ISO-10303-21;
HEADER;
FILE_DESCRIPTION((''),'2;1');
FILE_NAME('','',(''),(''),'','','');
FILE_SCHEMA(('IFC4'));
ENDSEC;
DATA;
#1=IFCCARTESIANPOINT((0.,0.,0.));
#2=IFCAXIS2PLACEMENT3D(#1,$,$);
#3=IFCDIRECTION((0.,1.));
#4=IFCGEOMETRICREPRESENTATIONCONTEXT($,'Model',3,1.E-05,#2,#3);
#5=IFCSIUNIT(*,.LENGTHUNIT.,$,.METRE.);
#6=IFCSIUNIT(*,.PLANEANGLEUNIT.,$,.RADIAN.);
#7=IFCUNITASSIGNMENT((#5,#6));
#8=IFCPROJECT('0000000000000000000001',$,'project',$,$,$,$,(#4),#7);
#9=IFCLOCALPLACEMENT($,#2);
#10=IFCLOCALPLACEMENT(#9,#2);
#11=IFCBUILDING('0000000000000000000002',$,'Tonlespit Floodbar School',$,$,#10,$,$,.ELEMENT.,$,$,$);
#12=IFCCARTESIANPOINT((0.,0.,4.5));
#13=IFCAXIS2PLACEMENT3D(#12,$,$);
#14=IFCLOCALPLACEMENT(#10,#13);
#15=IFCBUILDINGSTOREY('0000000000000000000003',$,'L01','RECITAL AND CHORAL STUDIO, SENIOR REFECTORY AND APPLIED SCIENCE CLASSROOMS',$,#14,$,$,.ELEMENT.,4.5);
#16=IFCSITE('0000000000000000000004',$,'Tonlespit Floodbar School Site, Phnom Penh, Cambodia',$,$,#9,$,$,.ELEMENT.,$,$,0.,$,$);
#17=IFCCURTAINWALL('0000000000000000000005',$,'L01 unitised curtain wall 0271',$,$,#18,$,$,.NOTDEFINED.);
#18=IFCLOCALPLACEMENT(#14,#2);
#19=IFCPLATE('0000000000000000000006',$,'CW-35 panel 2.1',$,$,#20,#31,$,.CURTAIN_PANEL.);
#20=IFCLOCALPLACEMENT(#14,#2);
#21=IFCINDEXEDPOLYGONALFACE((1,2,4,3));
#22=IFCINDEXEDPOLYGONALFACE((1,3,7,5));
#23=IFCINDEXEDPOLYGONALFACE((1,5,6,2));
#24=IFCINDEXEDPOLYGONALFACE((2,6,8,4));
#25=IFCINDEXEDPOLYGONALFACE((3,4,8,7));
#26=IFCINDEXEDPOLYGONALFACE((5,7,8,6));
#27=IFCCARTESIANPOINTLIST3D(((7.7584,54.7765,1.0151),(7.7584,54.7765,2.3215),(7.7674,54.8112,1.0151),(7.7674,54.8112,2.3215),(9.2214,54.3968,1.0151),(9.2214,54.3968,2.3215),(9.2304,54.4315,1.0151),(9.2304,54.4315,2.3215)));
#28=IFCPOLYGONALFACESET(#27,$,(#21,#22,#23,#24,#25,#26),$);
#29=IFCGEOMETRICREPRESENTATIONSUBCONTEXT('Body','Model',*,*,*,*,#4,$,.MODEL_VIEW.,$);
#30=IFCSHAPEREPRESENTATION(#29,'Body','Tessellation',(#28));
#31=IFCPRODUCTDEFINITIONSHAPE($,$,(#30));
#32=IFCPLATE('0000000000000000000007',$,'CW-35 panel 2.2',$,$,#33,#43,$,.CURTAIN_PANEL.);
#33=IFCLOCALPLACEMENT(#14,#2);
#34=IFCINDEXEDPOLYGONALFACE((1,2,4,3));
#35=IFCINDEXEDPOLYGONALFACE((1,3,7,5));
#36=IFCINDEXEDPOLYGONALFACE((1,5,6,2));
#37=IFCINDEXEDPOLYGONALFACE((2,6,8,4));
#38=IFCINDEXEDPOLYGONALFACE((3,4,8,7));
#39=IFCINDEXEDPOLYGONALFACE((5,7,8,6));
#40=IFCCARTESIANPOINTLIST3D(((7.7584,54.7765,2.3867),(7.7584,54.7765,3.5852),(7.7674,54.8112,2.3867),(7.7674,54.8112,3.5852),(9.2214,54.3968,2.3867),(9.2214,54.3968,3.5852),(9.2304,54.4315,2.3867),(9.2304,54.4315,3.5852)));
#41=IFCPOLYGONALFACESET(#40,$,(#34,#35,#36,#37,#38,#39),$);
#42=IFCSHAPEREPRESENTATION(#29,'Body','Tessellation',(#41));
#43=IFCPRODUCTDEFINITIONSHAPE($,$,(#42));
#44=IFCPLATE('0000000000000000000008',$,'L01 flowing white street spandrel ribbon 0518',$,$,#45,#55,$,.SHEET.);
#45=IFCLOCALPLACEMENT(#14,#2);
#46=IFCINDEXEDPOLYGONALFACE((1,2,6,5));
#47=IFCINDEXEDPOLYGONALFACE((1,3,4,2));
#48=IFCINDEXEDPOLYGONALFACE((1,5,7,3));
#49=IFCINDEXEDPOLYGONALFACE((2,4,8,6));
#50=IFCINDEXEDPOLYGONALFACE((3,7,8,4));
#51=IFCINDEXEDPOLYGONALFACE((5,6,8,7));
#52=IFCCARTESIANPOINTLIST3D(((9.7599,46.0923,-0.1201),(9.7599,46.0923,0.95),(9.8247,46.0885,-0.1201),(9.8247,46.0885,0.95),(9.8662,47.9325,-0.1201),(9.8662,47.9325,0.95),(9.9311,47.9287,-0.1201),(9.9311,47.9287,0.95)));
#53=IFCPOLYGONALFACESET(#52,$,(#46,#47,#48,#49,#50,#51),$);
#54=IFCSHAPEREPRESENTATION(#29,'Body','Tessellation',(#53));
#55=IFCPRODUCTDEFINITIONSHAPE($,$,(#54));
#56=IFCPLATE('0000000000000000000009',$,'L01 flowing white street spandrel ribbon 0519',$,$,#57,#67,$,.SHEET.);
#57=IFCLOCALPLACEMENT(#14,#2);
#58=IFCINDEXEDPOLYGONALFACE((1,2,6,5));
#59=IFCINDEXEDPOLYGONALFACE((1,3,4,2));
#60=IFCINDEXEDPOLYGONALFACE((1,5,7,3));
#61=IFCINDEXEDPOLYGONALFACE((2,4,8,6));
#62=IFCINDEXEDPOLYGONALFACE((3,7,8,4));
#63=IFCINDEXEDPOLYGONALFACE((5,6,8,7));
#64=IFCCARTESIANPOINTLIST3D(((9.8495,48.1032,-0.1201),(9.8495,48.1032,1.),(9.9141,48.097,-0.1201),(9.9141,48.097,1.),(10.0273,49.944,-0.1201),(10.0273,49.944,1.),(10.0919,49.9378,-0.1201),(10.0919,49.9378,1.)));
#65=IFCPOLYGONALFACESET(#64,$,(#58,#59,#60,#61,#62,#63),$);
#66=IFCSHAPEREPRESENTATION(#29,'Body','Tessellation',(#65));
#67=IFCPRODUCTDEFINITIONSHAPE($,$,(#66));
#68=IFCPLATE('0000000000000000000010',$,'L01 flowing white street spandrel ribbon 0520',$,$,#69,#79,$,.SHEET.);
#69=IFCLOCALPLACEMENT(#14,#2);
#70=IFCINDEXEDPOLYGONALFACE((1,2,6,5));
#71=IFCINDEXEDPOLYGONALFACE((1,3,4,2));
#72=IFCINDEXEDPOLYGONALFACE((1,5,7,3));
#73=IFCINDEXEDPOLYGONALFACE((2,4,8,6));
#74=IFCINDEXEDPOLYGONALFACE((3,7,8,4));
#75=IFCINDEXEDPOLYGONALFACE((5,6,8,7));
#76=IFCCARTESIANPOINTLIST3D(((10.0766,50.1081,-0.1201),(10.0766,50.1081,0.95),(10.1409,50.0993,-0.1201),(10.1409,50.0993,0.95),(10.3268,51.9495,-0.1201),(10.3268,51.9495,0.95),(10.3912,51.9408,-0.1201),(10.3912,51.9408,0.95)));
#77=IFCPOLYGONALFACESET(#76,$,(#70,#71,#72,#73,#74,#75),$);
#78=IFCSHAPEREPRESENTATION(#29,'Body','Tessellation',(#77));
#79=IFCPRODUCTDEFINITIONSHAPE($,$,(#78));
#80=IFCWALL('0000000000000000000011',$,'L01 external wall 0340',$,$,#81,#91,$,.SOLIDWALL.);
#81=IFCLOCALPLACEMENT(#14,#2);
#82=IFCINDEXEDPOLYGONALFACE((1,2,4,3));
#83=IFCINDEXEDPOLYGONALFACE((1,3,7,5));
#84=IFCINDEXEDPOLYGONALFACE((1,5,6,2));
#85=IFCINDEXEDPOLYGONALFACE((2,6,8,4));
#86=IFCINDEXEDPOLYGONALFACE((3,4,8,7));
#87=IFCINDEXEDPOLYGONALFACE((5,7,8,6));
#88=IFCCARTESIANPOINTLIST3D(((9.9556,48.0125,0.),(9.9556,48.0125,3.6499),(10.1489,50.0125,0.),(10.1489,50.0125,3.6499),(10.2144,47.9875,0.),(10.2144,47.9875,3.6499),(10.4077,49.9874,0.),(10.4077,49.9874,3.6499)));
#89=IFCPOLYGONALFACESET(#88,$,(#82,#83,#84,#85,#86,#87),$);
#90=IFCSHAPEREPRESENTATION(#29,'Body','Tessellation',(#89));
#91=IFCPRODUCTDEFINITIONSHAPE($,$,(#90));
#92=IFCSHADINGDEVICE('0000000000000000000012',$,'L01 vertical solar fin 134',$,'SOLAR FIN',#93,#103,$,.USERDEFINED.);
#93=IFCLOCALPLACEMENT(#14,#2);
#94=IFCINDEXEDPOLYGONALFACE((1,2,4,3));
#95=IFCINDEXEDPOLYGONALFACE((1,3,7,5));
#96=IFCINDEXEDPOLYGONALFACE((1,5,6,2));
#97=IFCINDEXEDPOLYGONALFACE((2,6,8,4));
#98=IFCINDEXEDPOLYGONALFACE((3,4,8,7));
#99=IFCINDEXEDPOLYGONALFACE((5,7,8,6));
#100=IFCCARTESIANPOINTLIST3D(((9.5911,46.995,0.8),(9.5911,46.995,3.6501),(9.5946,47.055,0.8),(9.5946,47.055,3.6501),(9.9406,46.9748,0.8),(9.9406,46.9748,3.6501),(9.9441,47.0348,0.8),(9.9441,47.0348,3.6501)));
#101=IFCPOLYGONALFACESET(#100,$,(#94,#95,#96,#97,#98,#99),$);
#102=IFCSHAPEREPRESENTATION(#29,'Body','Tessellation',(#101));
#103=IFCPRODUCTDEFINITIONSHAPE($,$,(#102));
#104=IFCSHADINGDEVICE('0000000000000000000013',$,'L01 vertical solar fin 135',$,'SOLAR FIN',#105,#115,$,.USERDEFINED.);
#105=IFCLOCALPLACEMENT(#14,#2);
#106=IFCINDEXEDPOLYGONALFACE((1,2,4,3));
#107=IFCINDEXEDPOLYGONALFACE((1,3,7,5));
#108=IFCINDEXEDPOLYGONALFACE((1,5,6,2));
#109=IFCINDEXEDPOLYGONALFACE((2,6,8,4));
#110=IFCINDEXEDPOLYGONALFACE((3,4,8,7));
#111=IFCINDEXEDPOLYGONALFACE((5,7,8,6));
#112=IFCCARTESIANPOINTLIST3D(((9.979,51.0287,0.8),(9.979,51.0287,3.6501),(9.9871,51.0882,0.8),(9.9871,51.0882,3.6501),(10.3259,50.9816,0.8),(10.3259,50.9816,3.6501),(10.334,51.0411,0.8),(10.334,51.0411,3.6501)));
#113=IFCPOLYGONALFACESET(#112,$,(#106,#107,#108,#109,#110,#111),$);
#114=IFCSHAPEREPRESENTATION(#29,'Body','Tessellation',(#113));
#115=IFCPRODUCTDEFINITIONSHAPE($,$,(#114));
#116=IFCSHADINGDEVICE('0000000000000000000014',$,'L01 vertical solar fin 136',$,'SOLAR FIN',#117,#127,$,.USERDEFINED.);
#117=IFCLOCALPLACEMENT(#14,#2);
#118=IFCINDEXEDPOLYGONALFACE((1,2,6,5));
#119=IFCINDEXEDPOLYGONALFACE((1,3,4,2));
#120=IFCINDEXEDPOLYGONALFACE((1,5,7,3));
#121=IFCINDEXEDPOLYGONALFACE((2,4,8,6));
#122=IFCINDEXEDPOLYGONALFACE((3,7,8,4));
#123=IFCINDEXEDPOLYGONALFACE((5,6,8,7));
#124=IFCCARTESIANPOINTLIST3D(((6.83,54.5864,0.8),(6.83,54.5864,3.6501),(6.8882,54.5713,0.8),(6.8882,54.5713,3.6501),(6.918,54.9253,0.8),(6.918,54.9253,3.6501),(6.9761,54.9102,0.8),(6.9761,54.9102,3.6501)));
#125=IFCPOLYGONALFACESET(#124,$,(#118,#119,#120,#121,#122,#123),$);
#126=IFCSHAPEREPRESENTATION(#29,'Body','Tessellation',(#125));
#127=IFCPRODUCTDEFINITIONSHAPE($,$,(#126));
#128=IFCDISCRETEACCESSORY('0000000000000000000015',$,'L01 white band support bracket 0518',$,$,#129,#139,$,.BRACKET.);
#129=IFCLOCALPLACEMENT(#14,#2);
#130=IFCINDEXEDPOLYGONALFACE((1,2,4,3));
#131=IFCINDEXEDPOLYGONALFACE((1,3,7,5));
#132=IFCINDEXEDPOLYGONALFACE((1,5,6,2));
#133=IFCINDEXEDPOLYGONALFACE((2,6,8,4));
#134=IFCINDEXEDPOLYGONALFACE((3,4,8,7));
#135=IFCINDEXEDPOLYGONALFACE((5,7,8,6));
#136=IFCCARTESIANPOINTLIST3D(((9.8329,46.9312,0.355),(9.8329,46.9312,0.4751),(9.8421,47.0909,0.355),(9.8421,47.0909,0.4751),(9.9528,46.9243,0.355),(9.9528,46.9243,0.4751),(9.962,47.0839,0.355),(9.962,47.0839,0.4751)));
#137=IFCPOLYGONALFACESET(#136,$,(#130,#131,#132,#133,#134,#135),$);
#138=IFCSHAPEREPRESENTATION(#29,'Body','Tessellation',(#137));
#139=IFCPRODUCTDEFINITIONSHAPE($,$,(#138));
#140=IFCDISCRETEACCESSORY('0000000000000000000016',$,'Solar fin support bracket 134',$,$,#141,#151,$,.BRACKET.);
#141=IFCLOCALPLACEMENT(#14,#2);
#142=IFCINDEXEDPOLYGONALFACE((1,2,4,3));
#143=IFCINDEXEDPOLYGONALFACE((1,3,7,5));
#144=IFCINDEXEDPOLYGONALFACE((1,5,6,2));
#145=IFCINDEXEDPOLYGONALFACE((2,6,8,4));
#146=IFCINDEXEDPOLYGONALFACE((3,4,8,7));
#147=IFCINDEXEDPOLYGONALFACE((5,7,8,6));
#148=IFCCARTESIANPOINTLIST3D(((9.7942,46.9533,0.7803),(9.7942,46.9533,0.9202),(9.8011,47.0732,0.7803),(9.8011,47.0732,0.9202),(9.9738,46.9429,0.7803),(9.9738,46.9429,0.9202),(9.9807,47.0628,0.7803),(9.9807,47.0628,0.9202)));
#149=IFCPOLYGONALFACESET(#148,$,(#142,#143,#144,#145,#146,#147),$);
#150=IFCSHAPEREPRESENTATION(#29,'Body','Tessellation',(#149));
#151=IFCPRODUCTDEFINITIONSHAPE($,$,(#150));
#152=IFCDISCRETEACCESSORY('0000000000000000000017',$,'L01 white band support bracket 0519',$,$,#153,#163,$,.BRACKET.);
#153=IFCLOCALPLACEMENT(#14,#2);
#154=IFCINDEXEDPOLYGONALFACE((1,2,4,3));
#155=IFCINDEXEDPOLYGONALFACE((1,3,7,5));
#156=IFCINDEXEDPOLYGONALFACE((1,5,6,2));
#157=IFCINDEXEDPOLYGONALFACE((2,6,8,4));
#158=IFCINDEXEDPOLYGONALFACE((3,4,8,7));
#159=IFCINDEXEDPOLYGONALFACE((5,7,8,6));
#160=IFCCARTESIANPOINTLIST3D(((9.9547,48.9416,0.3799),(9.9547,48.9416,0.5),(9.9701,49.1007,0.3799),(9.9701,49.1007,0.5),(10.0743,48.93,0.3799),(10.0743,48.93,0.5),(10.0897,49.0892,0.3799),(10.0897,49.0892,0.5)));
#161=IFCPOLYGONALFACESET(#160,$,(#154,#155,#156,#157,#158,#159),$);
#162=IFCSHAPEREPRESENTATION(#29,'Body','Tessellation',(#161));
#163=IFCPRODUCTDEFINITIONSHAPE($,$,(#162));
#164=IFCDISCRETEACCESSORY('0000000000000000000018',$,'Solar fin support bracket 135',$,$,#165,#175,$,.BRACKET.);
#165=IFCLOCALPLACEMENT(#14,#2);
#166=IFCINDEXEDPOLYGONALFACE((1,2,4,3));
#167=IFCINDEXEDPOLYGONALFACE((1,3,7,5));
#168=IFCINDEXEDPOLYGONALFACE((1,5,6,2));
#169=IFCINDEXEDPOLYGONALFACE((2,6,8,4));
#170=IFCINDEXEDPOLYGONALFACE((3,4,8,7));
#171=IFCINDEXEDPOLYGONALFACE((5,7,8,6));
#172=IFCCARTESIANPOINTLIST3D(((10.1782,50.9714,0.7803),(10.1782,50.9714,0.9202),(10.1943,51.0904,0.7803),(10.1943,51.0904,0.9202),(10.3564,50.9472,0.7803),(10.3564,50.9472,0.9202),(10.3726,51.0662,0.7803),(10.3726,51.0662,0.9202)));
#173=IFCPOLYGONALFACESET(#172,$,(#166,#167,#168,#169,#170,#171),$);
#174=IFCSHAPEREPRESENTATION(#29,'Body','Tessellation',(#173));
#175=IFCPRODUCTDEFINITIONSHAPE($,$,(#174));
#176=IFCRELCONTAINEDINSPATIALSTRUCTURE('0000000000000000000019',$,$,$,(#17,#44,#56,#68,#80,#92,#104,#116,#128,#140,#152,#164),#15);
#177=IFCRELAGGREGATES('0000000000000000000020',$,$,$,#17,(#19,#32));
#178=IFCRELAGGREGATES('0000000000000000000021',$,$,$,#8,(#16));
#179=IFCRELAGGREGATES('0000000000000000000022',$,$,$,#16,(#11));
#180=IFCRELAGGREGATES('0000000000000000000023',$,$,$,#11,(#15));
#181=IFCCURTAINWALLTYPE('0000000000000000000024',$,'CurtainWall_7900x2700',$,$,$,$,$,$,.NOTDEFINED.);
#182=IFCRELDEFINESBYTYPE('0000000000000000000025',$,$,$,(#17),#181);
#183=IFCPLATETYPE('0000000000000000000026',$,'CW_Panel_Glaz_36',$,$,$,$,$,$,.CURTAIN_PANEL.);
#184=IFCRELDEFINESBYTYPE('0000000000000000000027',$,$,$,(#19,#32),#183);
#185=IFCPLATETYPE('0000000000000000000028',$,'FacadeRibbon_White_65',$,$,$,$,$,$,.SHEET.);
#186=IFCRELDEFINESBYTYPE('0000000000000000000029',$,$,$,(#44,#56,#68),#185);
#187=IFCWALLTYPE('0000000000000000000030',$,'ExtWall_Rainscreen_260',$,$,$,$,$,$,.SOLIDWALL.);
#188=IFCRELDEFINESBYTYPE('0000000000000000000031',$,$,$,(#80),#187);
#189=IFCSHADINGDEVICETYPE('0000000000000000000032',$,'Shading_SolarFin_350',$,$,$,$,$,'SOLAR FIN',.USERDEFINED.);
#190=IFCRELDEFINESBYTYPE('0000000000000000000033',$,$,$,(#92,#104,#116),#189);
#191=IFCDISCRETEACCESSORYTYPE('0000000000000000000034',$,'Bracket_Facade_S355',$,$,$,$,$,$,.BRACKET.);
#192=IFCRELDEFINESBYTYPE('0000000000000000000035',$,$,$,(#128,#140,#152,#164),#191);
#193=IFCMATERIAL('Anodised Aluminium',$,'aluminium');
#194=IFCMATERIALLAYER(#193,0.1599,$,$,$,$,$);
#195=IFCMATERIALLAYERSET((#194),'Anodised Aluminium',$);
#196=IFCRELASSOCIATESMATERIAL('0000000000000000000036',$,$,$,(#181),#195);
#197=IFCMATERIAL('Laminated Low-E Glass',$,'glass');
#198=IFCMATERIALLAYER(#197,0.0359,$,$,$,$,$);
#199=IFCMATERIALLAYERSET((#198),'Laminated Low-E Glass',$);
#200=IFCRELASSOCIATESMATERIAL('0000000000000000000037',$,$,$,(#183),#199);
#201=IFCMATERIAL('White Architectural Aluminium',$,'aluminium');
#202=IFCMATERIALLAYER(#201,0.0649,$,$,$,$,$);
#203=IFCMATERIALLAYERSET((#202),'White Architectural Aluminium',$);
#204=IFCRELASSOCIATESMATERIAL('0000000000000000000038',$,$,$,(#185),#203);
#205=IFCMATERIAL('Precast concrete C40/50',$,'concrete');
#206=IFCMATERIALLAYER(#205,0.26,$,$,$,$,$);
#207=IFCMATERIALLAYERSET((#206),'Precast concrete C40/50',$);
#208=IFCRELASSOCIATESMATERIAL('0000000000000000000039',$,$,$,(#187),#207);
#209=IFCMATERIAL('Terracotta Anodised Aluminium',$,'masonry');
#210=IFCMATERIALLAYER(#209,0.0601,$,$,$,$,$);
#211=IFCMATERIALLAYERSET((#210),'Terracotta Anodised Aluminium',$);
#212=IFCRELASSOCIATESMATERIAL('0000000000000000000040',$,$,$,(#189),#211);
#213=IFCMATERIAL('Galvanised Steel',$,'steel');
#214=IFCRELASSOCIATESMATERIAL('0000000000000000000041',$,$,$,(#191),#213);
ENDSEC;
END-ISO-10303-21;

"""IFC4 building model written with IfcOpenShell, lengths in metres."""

from ifc_helpers import new_model, si_unit, direction, frame, frame_2d, origin, origin_2d, place, context, subcontext, project, spatial, rectangle, extrude, material, layer, layer_set, type_object, element, aggregate, save


model = new_model("IFC4")

# Units and contexts
model_context = context("Model", 3, precision=1e-05, world=origin(), true_north=direction((0.0, 1.0)))
body_context = subcontext(model_context, "Body", "Model", "MODEL_VIEW")
ifc_project = project(units=[si_unit("LENGTHUNIT", "METRE"), si_unit("PLANEANGLEUNIT", "RADIAN")], contexts=[model_context])

# Site, building, storey
site_placement = place(None, origin())
site = spatial("IfcSite", under=ifc_project, at=site_placement, Name="Tonlespit Floodbar School Site, Phnom Penh, Cambodia", CompositionType="ELEMENT", RefElevation=0.0)
building_placement = place(site_placement, origin())
building = spatial("IfcBuilding", under=site, at=building_placement, Name="Tonlespit Floodbar School", CompositionType="ELEMENT")
storey_placement = place(building_placement, frame((0.0, 0.0, 4.5)))
storey = spatial("IfcBuildingStorey", under=building, at=storey_placement, Name="L01", Description="RECITAL AND CHORAL STUDIO, SENIOR REFECTORY AND APPLIED SCIENCE CLASSROOMS", CompositionType="ELEMENT", Elevation=4.5)

# Shared definitions
ifc_material_1 = material(Name="Anodised Aluminium", Category="aluminium")

# Curtain wall
ifc_layer_1 = layer(ifc_material_1, 0.1599)
ifc_layer_set_1 = layer_set([ifc_layer_1], Name="Anodised Aluminium")
curtain_wall_type_1 = type_object("IfcCurtainWallType", Name="CurtainWall_7900x2700", PredefinedType="NOTDEFINED", material=ifc_layer_set_1)
curtain_wall_1_placement = place(storey_placement, origin())
curtain_wall_1 = element("IfcCurtainWall", 1, at=curtain_wall_1_placement, inside=storey, type_object=curtain_wall_type_1, Name="L01 unitised curtain wall 0271", PredefinedType="NOTDEFINED")

# Plates
ifc_material_2 = material(Name="Laminated Low-E Glass", Category="glass")
ifc_layer_2 = layer(ifc_material_2, 0.0359)
ifc_layer_set_2 = layer_set([ifc_layer_2], Name="Laminated Low-E Glass")
plate_type_1 = type_object("IfcPlateType", Name="CW_Panel_Glaz_36", PredefinedType="CURTAIN_PANEL", material=ifc_layer_set_2)
plate_1_placement = place(storey_placement, frame((8.4944, 54.604, 1.0151), z_axis=(0.0, 0.0, 1.0), x_axis=(-0.967935, 0.251201, 0.0)))
plate_1 = element("IfcPlate", 2, at=plate_1_placement, type_object=plate_type_1, Name="CW-35 panel 2.1", PredefinedType="CURTAIN_PANEL", context=body_context, shape_type="SweptSolid", body=[
    extrude(rectangle(XDim=1.5115, YDim=0.0359, at=origin_2d()), origin(), (0.0, 0.0, 1.0), 1.3064),
])
plate_2_placement = place(storey_placement, frame((8.4944, 54.604, 2.3867), z_axis=(0.0, 0.0, 1.0), x_axis=(-0.967935, 0.251201, 0.0)))
plate_2 = element("IfcPlate", 3, at=plate_2_placement, type_object=plate_type_1, Name="CW-35 panel 2.2", PredefinedType="CURTAIN_PANEL", context=body_context, shape_type="SweptSolid", body=[
    extrude(rectangle(XDim=1.5115, YDim=0.0359, at=origin_2d()), origin(), (0.0, 0.0, 1.0), 1.1985),
])
aggregate(curtain_wall_1, [plate_1, plate_2])

# Plates
ifc_material_3 = material(Name="White Architectural Aluminium", Category="aluminium")
ifc_layer_3 = layer(ifc_material_3, 0.0649)
ifc_layer_set_3 = layer_set([ifc_layer_3], Name="White Architectural Aluminium")
plate_type_2 = type_object("IfcPlateType", Name="FacadeRibbon_White_65", PredefinedType="SHEET", material=ifc_layer_set_3)
plate_3_placement = place(storey_placement, frame((9.8455, 47.0105, -0.1201), z_axis=(0.0, 0.0, 1.0), x_axis=(0.057703, 0.998334, 0.0)))
element("IfcPlate", 4, at=plate_3_placement, inside=storey, type_object=plate_type_2, Name="L01 flowing white street spandrel ribbon 0518", PredefinedType="SHEET", context=body_context, shape_type="SweptSolid", body=[
    extrude(rectangle(XDim=1.8433, YDim=0.0649, at=origin_2d()), origin(), (0.0, 0.0, 1.0), 1.0701),
])
plate_4_placement = place(storey_placement, frame((9.9707, 49.0205, -0.1201), z_axis=(0.0, 0.0, 1.0), x_axis=(0.096153, 0.995367, 0.0)))
element("IfcPlate", 5, at=plate_4_placement, inside=storey, type_object=plate_type_2, Name="L01 flowing white street spandrel ribbon 0519", PredefinedType="SHEET", context=body_context, shape_type="SweptSolid", body=[
    extrude(rectangle(XDim=1.8494, YDim=0.0649, at=origin_2d()), origin(), (0.0, 0.0, 1.0), 1.1201),
])
plate_5_placement = place(storey_placement, frame((10.2339, 51.0244, -0.1201), z_axis=(0.0, 0.0, 1.0), x_axis=(0.134662, 0.990892, 0.0)))
element("IfcPlate", 6, at=plate_5_placement, inside=storey, type_object=plate_type_2, Name="L01 flowing white street spandrel ribbon 0520", PredefinedType="SHEET", context=body_context, shape_type="SweptSolid", body=[
    extrude(rectangle(XDim=1.8584, YDim=0.0649, at=origin_2d()), origin(), (0.0, 0.0, 1.0), 1.0701),
])

# Wall
ifc_material_4 = material(Name="Precast concrete C40/50", Category="concrete")
ifc_layer_4 = layer(ifc_material_4, 0.26)
ifc_layer_set_4 = layer_set([ifc_layer_4], Name="Precast concrete C40/50")
wall_type = type_object("IfcWallType", Name="ExtWall_Rainscreen_260", PredefinedType="SOLIDWALL", material=ifc_layer_set_4)
wall_placement = place(storey_placement, frame((10.085, 48.0, 0.0), z_axis=(0.0, 0.0, 1.0), x_axis=(0.096231, 0.995359, 0.0)))
element("IfcWall", 7, at=wall_placement, inside=storey, type_object=wall_type, Name="L01 external wall 0340", PredefinedType="SOLIDWALL", context=body_context, shape_type="SweptSolid", body=[
    extrude(rectangle(XDim=2.0093, YDim=0.26, at=frame_2d((1.0046, 0.0))), origin(), (0.0, 0.0, 1.0), 3.6499),
])

# Shading devices
ifc_material_5 = material(Name="Terracotta Anodised Aluminium", Category="masonry")
ifc_layer_5 = layer(ifc_material_5, 0.0601)
ifc_layer_set_5 = layer_set([ifc_layer_5], Name="Terracotta Anodised Aluminium")
shading_device_type = type_object("IfcShadingDeviceType", Name="Shading_SolarFin_350", ElementType="SOLAR FIN", PredefinedType="USERDEFINED", material=ifc_layer_set_5)
for number, where, z_axis, x_axis, name in (
    (8, (9.7676, 47.0149, 0.8), (0.0, 0.0, 1.0), (0.057703, 0.998334, 0.0), "L01 vertical solar fin 134"),
    (9, (10.1565, 51.0349, 0.8), (0.0, 0.0, 1.0), (0.134662, 0.990892, 0.0), "L01 vertical solar fin 135"),
    (10, (6.9031, 54.7483, 0.8), (0.0, 0.0, 1.0), (-0.967938, 0.251191, 0.0), "L01 vertical solar fin 136"),
):
    element("IfcShadingDevice", number, at=place(storey_placement, frame(where, z_axis=z_axis, x_axis=x_axis)), inside=storey, type_object=shading_device_type, Name=name, ObjectType="SOLAR FIN", PredefinedType="USERDEFINED", context=body_context, shape_type="SweptSolid", body=[
        extrude(rectangle(XDim=0.0601, YDim=0.3501, at=origin_2d()), origin(), (0.0, 0.0, 1.0), 2.8501),
    ])

# Discrete accessories
ifc_material_6 = material(Name="Galvanised Steel", Category="steel")
discrete_accessory_type = type_object("IfcDiscreteAccessoryType", Name="Bracket_Facade_S355", PredefinedType="BRACKET", material=ifc_material_6)
discrete_accessory_1_placement = place(storey_placement, frame((9.8975, 47.0076, 0.355), z_axis=(0.0, 0.0, 1.0), x_axis=(0.057703, 0.998334, 0.0)))
element("IfcDiscreteAccessory", 11, at=discrete_accessory_1_placement, inside=storey, type_object=discrete_accessory_type, Name="L01 white band support bracket 0518", PredefinedType="BRACKET", context=body_context, shape_type="SweptSolid", body=[
    extrude(rectangle(XDim=0.1599, YDim=0.1201, at=origin_2d()), origin(), (0.0, 0.0, 1.0), 0.1201),
])
discrete_accessory_2_placement = place(storey_placement, frame((9.8875, 47.0081, 0.7803), z_axis=(0.0, 0.0, 1.0), x_axis=(0.057703, 0.998334, 0.0)))
element("IfcDiscreteAccessory", 12, at=discrete_accessory_2_placement, inside=storey, type_object=discrete_accessory_type, Name="Solar fin support bracket 134", PredefinedType="BRACKET", context=body_context, shape_type="SweptSolid", body=[
    extrude(rectangle(XDim=0.1201, YDim=0.1799, at=origin_2d()), origin(), (0.0, 0.0, 1.0), 0.1399),
])
discrete_accessory_3_placement = place(storey_placement, frame((10.0222, 49.0154, 0.3799), z_axis=(0.0, 0.0, 1.0), x_axis=(0.096153, 0.995367, 0.0)))
element("IfcDiscreteAccessory", 13, at=discrete_accessory_3_placement, inside=storey, type_object=discrete_accessory_type, Name="L01 white band support bracket 0519", PredefinedType="BRACKET", context=body_context, shape_type="SweptSolid", body=[
    extrude(rectangle(XDim=0.1599, YDim=0.1201, at=origin_2d()), origin(), (0.0, 0.0, 1.0), 0.1201),
])
discrete_accessory_4_placement = place(storey_placement, frame((10.2754, 51.0188, 0.7803), z_axis=(0.0, 0.0, 1.0), x_axis=(0.134662, 0.990892, 0.0)))
element("IfcDiscreteAccessory", 14, at=discrete_accessory_4_placement, inside=storey, type_object=discrete_accessory_type, Name="Solar fin support bracket 135", PredefinedType="BRACKET", context=body_context, shape_type="SweptSolid", body=[
    extrude(rectangle(XDim=0.1201, YDim=0.1799, at=origin_2d()), origin(), (0.0, 0.0, 1.0), 0.1399),
])

save(model, "model.ifc")
